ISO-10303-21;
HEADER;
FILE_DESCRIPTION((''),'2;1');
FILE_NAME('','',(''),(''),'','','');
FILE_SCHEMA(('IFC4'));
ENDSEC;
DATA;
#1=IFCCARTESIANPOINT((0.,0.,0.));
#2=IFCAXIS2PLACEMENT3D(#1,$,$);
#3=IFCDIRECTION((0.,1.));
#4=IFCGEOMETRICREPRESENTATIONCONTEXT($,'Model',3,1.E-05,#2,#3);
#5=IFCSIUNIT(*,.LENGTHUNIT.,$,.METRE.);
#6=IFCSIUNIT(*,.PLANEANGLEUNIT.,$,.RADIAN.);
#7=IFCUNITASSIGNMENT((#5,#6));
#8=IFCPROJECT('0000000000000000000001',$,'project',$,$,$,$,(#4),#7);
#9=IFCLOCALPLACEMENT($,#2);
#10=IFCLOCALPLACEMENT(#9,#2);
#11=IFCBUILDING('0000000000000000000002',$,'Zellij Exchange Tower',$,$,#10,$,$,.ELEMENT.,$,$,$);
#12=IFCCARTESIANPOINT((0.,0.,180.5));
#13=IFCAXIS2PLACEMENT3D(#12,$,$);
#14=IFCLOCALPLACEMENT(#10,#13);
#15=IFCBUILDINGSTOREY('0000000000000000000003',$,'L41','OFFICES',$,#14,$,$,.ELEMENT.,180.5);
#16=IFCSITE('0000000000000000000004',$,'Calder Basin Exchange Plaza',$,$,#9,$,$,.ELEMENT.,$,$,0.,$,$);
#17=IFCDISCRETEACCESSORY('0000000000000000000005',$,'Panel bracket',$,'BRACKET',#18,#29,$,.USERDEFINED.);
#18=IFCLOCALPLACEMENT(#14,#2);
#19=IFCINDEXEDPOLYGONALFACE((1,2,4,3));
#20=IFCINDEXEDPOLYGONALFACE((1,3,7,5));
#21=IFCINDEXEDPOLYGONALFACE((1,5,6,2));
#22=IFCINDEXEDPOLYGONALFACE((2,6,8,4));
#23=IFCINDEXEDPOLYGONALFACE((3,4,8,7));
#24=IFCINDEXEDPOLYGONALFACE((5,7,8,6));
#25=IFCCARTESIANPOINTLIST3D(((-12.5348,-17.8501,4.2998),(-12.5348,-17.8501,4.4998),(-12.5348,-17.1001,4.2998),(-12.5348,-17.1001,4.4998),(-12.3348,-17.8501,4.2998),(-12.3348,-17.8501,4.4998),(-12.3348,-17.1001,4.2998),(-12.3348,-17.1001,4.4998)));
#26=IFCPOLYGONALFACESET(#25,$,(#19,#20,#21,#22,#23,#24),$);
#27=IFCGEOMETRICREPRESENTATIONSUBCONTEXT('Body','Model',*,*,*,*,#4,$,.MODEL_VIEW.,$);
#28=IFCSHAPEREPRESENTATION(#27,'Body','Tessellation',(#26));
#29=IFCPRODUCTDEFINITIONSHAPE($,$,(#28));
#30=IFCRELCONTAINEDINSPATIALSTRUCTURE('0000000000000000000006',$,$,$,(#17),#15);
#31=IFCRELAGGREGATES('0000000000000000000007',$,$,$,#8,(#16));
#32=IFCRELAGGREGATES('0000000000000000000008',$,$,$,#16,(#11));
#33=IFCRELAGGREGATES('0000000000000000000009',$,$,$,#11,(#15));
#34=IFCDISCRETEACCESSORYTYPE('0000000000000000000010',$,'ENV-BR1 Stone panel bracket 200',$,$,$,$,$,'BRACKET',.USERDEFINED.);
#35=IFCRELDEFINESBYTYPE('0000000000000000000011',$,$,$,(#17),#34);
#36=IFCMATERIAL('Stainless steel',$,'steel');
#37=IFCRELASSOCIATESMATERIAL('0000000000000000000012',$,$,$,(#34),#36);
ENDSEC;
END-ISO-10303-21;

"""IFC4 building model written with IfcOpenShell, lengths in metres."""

from ifc_helpers import new_model, si_unit, direction, frame, origin, origin_2d, place, context, subcontext, project, spatial, rectangle, extrude, material, type_object, element, save


model = new_model("IFC4")

# Units and contexts
model_context = context("Model", 3, precision=1e-05, world=origin(), true_north=direction((0.0, 1.0)))
body_context = subcontext(model_context, "Body", "Model", "MODEL_VIEW")
ifc_project = project(units=[si_unit("LENGTHUNIT", "METRE"), si_unit("PLANEANGLEUNIT", "RADIAN")], contexts=[model_context])

# Site, building, storey
site_placement = place(None, origin())
site = spatial("IfcSite", under=ifc_project, at=site_placement, Name="Calder Basin Exchange Plaza", CompositionType="ELEMENT", RefElevation=0.0)
building_placement = place(site_placement, origin())
building = spatial("IfcBuilding", under=site, at=building_placement, Name="Zellij Exchange Tower", CompositionType="ELEMENT")
storey_placement = place(building_placement, frame((0.0, 0.0, 180.5)))
storey = spatial("IfcBuildingStorey", under=building, at=storey_placement, Name="L41", Description="OFFICES", CompositionType="ELEMENT", Elevation=180.5)

# Discrete accessory
ifc_material_1 = material(Name="Stainless steel", Category="steel")
discrete_accessory_type = type_object("IfcDiscreteAccessoryType", Name="ENV-BR1 Stone panel bracket 200", ElementType="BRACKET", PredefinedType="USERDEFINED", material=ifc_material_1)
for number, where, z_axis, x_axis, name in (
    (1, (-12.4348, -17.4751, 4.2998), (0.0, 0.0, 1.0), (1.0, 0.0, 0.0), "Panel bracket"),
):
    element("IfcDiscreteAccessory", number, at=place(storey_placement, frame(where, z_axis=z_axis, x_axis=x_axis)), inside=storey, type_object=discrete_accessory_type, Name=name, ObjectType="BRACKET", PredefinedType="USERDEFINED", context=body_context, shape_type="SweptSolid", body=[
        extrude(rectangle(XDim=0.2, YDim=0.75, at=origin_2d()), origin(), (0.0, 0.0, 1.0), 0.2),
    ])

save(model, "model.ifc")
